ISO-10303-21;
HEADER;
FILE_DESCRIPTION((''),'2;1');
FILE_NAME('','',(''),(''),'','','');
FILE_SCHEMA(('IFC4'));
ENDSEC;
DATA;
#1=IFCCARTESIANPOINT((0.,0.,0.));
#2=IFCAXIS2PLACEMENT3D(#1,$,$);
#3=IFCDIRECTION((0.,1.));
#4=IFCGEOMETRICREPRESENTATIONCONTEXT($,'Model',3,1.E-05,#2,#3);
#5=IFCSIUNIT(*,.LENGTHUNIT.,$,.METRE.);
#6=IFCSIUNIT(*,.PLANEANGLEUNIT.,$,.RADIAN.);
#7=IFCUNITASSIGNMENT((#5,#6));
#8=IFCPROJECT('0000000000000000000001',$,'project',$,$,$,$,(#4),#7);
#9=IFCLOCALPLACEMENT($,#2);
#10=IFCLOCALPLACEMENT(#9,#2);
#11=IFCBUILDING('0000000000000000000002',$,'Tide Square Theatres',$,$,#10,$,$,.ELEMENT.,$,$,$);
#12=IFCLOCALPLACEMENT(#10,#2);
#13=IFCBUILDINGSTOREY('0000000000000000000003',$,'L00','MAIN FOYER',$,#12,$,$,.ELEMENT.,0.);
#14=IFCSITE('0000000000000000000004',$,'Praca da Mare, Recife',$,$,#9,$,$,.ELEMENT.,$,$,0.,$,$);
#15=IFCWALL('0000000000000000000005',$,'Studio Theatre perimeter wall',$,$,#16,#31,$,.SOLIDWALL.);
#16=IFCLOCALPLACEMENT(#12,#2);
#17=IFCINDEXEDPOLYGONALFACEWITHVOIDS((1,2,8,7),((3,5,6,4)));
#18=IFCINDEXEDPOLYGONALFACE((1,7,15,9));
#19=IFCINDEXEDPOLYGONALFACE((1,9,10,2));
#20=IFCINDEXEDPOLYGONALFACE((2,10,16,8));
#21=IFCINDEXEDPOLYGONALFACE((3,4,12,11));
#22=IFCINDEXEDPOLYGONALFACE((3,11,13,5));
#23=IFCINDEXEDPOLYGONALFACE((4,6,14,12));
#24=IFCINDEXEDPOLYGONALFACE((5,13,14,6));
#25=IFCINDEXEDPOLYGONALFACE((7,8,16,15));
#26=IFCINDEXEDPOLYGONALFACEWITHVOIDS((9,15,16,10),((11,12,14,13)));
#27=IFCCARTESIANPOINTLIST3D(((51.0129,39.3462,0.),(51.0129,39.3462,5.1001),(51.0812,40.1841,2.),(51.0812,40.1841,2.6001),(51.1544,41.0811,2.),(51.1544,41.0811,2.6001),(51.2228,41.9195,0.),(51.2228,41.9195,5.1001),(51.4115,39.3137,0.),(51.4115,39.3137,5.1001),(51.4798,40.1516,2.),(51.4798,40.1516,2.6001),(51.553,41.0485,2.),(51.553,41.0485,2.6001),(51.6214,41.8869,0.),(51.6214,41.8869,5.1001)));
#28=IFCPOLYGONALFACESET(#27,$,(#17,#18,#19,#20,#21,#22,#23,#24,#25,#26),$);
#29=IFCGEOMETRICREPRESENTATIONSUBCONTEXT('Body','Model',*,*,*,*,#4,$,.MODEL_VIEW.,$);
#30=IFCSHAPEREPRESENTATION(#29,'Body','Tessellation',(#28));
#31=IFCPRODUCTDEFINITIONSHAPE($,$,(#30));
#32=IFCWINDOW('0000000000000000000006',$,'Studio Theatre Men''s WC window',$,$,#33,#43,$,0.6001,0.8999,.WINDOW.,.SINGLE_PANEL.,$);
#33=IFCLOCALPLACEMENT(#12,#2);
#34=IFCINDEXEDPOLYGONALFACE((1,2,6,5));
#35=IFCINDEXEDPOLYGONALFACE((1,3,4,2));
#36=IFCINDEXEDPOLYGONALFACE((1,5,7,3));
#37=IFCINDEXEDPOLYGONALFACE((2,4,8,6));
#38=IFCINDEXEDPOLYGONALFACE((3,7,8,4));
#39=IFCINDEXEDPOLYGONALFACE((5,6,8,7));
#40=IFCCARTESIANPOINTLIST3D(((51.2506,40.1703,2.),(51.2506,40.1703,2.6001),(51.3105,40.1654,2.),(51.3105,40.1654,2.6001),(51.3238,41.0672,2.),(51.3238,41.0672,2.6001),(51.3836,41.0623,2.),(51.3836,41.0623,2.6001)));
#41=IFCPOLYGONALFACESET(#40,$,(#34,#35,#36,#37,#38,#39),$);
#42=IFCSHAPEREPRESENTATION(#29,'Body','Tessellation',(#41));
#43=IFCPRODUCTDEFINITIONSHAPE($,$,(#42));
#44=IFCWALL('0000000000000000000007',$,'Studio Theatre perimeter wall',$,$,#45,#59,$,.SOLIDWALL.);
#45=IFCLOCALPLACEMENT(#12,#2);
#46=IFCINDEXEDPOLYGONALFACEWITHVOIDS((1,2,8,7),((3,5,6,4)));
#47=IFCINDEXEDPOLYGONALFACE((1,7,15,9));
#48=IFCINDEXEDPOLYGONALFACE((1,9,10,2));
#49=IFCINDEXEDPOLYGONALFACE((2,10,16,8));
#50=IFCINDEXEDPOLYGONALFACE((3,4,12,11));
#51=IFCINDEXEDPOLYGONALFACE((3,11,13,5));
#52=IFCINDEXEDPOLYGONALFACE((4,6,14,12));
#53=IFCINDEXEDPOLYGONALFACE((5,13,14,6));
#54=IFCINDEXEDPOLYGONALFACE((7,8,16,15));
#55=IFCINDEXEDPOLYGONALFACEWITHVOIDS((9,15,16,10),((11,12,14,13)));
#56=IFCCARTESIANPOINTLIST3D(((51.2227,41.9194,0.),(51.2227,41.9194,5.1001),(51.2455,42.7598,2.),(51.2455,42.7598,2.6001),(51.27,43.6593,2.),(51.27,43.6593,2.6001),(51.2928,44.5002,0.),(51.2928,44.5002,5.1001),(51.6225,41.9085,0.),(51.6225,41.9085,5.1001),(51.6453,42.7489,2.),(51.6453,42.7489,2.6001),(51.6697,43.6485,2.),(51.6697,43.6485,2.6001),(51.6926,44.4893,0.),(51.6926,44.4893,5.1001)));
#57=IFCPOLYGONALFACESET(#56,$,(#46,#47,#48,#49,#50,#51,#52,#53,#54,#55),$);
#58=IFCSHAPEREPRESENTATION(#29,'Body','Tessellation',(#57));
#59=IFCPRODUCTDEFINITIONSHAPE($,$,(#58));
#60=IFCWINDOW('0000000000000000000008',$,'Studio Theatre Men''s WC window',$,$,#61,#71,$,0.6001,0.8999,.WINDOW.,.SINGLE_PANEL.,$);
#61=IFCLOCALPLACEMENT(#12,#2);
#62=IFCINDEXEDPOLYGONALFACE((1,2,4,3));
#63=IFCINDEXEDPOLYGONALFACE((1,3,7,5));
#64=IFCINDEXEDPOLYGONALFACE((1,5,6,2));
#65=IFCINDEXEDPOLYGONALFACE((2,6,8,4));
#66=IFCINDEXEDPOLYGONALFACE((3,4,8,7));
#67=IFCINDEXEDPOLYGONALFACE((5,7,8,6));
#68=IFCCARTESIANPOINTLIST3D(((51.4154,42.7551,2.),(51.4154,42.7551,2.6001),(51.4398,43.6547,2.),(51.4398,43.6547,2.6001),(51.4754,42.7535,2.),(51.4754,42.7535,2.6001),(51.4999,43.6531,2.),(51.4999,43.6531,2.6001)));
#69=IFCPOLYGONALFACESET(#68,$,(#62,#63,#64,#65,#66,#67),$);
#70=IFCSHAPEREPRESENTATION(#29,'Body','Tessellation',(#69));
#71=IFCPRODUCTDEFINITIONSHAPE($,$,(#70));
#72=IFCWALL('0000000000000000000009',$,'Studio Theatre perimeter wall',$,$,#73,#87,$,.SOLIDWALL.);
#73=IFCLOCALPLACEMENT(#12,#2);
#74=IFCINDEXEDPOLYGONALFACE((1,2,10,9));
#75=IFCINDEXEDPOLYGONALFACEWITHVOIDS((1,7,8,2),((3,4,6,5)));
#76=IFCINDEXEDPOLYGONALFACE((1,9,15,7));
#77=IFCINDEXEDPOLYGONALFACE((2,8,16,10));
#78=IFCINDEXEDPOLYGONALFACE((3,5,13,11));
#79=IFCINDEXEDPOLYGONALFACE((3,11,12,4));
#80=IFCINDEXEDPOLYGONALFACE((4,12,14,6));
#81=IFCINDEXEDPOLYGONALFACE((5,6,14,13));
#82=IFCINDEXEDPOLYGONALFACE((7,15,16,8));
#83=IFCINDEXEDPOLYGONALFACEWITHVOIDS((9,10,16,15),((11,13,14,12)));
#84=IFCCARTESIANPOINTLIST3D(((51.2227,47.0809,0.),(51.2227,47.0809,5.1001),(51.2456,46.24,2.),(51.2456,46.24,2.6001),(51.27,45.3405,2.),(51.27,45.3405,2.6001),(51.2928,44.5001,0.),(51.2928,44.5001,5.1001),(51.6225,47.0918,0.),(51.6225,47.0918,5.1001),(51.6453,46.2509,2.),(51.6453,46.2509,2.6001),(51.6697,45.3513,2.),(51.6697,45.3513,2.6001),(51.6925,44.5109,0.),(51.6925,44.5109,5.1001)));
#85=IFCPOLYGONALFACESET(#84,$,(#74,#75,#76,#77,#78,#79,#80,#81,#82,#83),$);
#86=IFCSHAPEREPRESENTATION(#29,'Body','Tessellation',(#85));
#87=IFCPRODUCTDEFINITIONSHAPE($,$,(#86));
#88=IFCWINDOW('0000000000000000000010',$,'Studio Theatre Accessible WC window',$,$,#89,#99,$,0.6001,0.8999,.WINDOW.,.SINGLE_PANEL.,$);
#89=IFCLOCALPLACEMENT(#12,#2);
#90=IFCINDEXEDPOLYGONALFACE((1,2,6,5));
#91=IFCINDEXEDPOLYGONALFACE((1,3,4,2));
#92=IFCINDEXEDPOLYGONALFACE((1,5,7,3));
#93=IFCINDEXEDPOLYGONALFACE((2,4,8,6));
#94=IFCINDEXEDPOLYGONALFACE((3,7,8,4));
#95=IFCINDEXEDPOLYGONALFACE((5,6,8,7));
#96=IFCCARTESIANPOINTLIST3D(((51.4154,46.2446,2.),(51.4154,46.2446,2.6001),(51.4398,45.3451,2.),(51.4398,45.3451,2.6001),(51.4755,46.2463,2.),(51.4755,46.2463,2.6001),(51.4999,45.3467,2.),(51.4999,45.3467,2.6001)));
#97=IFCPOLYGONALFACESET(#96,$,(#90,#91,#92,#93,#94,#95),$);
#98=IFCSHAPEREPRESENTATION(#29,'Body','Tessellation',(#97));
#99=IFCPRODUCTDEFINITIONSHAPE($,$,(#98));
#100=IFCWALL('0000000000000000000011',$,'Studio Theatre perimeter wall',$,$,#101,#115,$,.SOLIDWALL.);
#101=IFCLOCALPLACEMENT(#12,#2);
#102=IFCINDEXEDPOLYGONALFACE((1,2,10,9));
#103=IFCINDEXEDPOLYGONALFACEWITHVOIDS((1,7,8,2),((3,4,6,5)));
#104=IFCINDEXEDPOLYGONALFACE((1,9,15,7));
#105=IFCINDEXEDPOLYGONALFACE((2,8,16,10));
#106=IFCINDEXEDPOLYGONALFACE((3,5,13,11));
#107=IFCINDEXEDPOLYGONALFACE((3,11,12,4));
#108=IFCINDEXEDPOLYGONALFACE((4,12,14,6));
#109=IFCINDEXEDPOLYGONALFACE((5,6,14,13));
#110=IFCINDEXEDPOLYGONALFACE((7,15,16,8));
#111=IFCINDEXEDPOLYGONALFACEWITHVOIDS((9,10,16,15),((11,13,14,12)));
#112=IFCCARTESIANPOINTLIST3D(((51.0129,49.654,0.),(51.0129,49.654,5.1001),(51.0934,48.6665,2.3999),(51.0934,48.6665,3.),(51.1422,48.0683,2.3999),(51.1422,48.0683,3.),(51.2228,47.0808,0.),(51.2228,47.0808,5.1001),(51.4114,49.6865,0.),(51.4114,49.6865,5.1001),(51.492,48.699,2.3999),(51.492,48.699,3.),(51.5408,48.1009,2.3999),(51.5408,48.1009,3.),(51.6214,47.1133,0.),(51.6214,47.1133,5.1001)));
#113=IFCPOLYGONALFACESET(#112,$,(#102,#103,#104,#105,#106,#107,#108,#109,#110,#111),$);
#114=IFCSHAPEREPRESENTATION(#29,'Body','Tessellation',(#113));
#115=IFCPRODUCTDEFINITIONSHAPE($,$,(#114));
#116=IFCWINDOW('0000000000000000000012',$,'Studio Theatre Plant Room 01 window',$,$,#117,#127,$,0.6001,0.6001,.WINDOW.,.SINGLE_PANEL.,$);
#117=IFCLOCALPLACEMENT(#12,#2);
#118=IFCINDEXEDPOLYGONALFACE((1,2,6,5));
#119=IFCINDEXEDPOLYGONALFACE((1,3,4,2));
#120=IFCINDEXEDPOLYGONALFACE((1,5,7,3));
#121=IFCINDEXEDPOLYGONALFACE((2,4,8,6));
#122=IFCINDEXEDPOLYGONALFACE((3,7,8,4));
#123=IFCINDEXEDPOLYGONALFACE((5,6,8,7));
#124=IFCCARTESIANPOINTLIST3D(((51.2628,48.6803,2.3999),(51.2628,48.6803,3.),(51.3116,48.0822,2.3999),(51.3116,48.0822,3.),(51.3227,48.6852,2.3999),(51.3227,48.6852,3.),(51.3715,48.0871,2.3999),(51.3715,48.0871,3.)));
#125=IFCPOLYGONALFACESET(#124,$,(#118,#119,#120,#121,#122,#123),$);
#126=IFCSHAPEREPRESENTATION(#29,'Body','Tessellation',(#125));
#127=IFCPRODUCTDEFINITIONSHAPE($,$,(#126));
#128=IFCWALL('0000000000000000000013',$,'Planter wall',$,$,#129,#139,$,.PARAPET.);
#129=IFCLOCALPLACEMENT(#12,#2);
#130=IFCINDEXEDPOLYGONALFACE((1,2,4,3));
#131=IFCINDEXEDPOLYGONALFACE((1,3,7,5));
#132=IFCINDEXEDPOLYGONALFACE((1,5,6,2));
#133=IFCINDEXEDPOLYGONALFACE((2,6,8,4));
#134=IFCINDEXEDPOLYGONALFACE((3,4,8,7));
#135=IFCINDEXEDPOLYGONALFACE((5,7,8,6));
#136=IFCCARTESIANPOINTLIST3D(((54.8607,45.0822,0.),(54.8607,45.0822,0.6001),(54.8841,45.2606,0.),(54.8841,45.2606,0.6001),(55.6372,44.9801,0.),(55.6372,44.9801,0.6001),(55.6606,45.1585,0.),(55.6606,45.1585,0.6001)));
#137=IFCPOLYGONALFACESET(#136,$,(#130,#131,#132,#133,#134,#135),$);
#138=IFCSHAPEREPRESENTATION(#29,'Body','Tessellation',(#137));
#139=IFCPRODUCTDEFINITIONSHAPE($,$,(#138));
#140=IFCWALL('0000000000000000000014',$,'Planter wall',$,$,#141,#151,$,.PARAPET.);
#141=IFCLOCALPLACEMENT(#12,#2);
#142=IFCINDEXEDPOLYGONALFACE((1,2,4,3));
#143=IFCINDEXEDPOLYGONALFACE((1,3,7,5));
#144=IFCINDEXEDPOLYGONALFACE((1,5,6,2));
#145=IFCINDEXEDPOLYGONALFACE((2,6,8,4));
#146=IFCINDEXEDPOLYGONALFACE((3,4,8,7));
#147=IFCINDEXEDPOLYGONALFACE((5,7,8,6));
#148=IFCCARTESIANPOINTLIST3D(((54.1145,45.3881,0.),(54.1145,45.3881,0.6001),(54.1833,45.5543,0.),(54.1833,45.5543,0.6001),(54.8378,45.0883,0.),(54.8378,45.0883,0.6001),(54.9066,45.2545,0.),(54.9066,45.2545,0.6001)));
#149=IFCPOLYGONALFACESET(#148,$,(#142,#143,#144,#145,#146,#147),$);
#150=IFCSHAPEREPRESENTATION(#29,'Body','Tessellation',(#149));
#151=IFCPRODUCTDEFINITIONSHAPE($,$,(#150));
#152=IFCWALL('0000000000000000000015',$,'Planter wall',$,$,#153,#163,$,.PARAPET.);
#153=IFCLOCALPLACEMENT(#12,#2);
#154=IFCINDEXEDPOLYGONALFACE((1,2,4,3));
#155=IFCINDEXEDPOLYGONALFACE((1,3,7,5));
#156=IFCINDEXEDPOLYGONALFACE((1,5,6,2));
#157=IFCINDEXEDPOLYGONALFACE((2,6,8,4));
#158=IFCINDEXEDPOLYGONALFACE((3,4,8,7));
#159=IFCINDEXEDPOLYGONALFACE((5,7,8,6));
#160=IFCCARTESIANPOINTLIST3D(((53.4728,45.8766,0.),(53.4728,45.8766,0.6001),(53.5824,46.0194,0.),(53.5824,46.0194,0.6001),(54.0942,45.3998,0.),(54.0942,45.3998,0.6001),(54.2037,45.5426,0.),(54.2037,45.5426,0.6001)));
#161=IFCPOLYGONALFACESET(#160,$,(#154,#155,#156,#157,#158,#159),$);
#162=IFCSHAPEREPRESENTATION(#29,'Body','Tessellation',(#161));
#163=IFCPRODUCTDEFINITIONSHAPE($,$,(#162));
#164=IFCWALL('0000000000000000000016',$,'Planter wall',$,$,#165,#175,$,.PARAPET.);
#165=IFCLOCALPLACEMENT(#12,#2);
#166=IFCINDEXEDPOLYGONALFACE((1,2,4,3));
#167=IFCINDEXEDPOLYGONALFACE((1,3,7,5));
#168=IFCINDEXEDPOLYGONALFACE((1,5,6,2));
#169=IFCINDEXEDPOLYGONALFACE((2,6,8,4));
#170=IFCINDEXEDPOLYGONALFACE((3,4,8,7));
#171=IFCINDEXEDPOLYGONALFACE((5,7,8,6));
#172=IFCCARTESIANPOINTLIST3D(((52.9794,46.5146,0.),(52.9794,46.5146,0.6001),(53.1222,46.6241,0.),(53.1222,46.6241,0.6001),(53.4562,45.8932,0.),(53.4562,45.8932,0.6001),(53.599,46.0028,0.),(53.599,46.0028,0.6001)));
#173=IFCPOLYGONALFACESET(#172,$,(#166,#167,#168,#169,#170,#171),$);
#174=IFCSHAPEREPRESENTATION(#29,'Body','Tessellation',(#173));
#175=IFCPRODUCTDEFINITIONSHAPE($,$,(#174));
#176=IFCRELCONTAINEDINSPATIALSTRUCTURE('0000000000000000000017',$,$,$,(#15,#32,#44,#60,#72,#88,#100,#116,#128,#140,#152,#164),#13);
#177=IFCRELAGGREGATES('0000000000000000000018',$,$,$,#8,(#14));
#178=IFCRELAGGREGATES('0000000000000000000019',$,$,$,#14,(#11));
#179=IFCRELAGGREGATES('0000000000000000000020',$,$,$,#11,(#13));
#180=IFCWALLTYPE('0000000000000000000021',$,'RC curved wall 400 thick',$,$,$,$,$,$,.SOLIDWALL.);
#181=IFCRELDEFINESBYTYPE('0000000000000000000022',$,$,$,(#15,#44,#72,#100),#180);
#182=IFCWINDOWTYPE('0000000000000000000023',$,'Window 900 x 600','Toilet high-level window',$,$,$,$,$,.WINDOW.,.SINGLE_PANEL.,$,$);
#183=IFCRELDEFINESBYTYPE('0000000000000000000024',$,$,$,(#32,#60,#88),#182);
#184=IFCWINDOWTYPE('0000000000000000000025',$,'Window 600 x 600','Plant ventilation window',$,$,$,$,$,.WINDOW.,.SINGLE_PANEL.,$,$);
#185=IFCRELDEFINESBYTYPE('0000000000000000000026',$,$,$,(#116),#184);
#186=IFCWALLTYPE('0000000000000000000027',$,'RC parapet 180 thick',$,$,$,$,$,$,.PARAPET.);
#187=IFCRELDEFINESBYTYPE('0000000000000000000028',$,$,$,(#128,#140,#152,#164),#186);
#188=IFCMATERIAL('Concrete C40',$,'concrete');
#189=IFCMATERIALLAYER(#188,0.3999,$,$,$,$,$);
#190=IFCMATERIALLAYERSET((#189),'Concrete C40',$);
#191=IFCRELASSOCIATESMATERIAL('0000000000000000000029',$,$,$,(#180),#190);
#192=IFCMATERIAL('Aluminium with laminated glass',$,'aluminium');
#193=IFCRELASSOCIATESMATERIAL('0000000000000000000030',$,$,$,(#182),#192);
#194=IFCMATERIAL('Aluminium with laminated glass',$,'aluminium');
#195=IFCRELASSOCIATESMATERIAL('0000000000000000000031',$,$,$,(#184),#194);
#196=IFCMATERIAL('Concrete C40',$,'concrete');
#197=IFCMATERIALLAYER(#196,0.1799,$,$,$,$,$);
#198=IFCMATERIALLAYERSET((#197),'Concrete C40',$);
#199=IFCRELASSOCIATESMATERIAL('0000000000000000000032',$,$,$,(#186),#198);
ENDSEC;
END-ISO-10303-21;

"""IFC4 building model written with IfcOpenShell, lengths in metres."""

from ifc_helpers import new_model, si_unit, direction, frame, frame_2d, origin, place, context, subcontext, project, spatial, rectangle, extrude, material, layer, layer_set, type_object, element, fill, save


model = new_model("IFC4")

# Units and contexts
model_context = context("Model", 3, precision=1e-05, world=origin(), true_north=direction((0.0, 1.0)))
body_context = subcontext(model_context, "Body", "Model", "MODEL_VIEW")
ifc_project = project(units=[si_unit("LENGTHUNIT", "METRE"), si_unit("PLANEANGLEUNIT", "RADIAN")], contexts=[model_context])

# Site, building, storey
site_placement = place(None, origin())
site = spatial("IfcSite", under=ifc_project, at=site_placement, Name="Praca da Mare, Recife", CompositionType="ELEMENT", RefElevation=0.0)
building_placement = place(site_placement, origin())
building = spatial("IfcBuilding", under=site, at=building_placement, Name="Tide Square Theatres", CompositionType="ELEMENT")
storey_placement = place(building_placement, origin())
storey = spatial("IfcBuildingStorey", under=building, at=storey_placement, Name="L00", Description="MAIN FOYER", CompositionType="ELEMENT", Elevation=0.0)

# Walls, openings, windows
ifc_material_1 = material(Name="Concrete C40", Category="concrete")
ifc_layer_1 = layer(ifc_material_1, 0.3999)
ifc_layer_set_1 = layer_set([ifc_layer_1], Name="Concrete C40")
wall_type_1 = type_object("IfcWallType", Name="RC curved wall 400 thick", PredefinedType="SOLIDWALL", material=ifc_layer_set_1)
ifc_material_2 = material(Name="Aluminium with laminated glass", Category="aluminium")
window_type_1 = type_object("IfcWindowType", Name="Window 900 x 600", Description="Toilet high-level window", PartitioningType="SINGLE_PANEL", PredefinedType="WINDOW", material=ifc_material_2)
wall_1_placement = place(storey_placement, frame((51.2122, 39.3298, 0.0), z_axis=(0.0, 0.0, 1.0), x_axis=(0.081324, 0.996688, 0.0)))
wall_1 = element("IfcWall", 1, at=wall_1_placement, inside=storey, type_object=wall_type_1, Name="Studio Theatre perimeter wall", PredefinedType="SOLIDWALL", context=body_context, shape_type="SweptSolid", body=[
    extrude(rectangle(XDim=2.5818, YDim=0.3999, at=frame_2d((1.291, 0.0))), origin(), (0.0, 0.0, 1.0), 5.1001),
])
opening_1_placement = place(wall_1_placement, frame((0.8408, 0.0, 2.0)))
opening_1 = element("IfcOpeningElement", 2, at=opening_1_placement, cuts=wall_1, PredefinedType="OPENING", context=body_context, shape_type="SweptSolid", body=[
    extrude(rectangle(XDim=0.8999, YDim=0.6001, at=frame_2d((0.45, 0.3))), frame((0.0, 0.21, 0.0), z_axis=(0.0, -1.0, 0.0), x_axis=(1.0, 0.0, 0.0)), (0.0, 0.0, 1.0), 0.4199),
])
window_1_placement = place(opening_1_placement, origin())
window_1 = element("IfcWindow", 3, at=window_1_placement, inside=storey, type_object=window_type_1, Name="Studio Theatre Men's WC window", OverallHeight=0.6001, OverallWidth=0.8999, PartitioningType="SINGLE_PANEL", PredefinedType="WINDOW", context=body_context, shape_type="SweptSolid", body=[
    extrude(rectangle(XDim=0.8999, YDim=0.6001, at=frame_2d((0.45, 0.3))), frame((0.0, 0.03, 0.0), z_axis=(0.0, -1.0, 0.0), x_axis=(1.0, 0.0, 0.0)), (0.0, 0.0, 1.0), 0.0601),
])
fill(opening_1, window_1)
wall_2_placement = place(storey_placement, frame((51.4226, 41.9138, 0.0), z_axis=(0.0, 0.0, 1.0), x_axis=(0.02714, 0.999632, 0.0)))
wall_2 = element("IfcWall", 4, at=wall_2_placement, inside=storey, type_object=wall_type_1, Name="Studio Theatre perimeter wall", PredefinedType="SOLIDWALL", context=body_context, shape_type="SweptSolid", body=[
    extrude(rectangle(XDim=2.5818, YDim=0.3999, at=frame_2d((1.291, 0.0))), origin(), (0.0, 0.0, 1.0), 5.1001),
])
opening_2_placement = place(wall_2_placement, frame((0.8408, 0.0, 2.0)))
opening_2 = element("IfcOpeningElement", 5, at=opening_2_placement, cuts=wall_2, PredefinedType="OPENING", context=body_context, shape_type="SweptSolid", body=[
    extrude(rectangle(XDim=0.8999, YDim=0.6001, at=frame_2d((0.45, 0.3))), frame((0.0, 0.21, 0.0), z_axis=(0.0, -1.0, 0.0), x_axis=(1.0, 0.0, 0.0)), (0.0, 0.0, 1.0), 0.4199),
])
window_2_placement = place(opening_2_placement, origin())
window_2 = element("IfcWindow", 6, at=window_2_placement, inside=storey, type_object=window_type_1, Name="Studio Theatre Men's WC window", OverallHeight=0.6001, OverallWidth=0.8999, PartitioningType="SINGLE_PANEL", PredefinedType="WINDOW", context=body_context, shape_type="SweptSolid", body=[
    extrude(rectangle(XDim=0.8999, YDim=0.6001, at=frame_2d((0.45, 0.3))), frame((0.0, 0.03, 0.0), z_axis=(0.0, -1.0, 0.0), x_axis=(1.0, 0.0, 0.0)), (0.0, 0.0, 1.0), 0.0601),
])
fill(opening_2, window_2)
wall_3_placement = place(storey_placement, frame((51.4927, 44.5054, 0.0), z_axis=(0.0, 0.0, 1.0), x_axis=(-0.02714, 0.999632, 0.0)))
wall_3 = element("IfcWall", 7, at=wall_3_placement, inside=storey, type_object=wall_type_1, Name="Studio Theatre perimeter wall", PredefinedType="SOLIDWALL", context=body_context, shape_type="SweptSolid", body=[
    extrude(rectangle(XDim=2.5818, YDim=0.3999, at=frame_2d((1.291, 0.0))), origin(), (0.0, 0.0, 1.0), 5.1001),
])
opening_3_placement = place(wall_3_placement, frame((0.8408, 0.0, 2.0)))
opening_3 = element("IfcOpeningElement", 8, at=opening_3_placement, cuts=wall_3, PredefinedType="OPENING", context=body_context, shape_type="SweptSolid", body=[
    extrude(rectangle(XDim=0.8999, YDim=0.6001, at=frame_2d((0.45, 0.3))), frame((0.0, 0.21, 0.0), z_axis=(0.0, -1.0, 0.0), x_axis=(1.0, 0.0, 0.0)), (0.0, 0.0, 1.0), 0.4199),
])
window_3_placement = place(opening_3_placement, origin())
window_3 = element("IfcWindow", 9, at=window_3_placement, inside=storey, type_object=window_type_1, Name="Studio Theatre Accessible WC window", OverallHeight=0.6001, OverallWidth=0.8999, PartitioningType="SINGLE_PANEL", PredefinedType="WINDOW", context=body_context, shape_type="SweptSolid", body=[
    extrude(rectangle(XDim=0.8999, YDim=0.6001, at=frame_2d((0.45, 0.3))), frame((0.0, 0.03, 0.0), z_axis=(0.0, -1.0, 0.0), x_axis=(1.0, 0.0, 0.0)), (0.0, 0.0, 1.0), 0.0601),
])
fill(opening_3, window_3)
wall_4_placement = place(storey_placement, frame((51.4221, 47.0969, 0.0), z_axis=(0.0, 0.0, 1.0), x_axis=(-0.081324, 0.996688, 0.0)))
wall_4 = element("IfcWall", 10, at=wall_4_placement, inside=storey, type_object=wall_type_1, Name="Studio Theatre perimeter wall", PredefinedType="SOLIDWALL", context=body_context, shape_type="SweptSolid", body=[
    extrude(rectangle(XDim=2.5818, YDim=0.3999, at=frame_2d((1.291, 0.0))), origin(), (0.0, 0.0, 1.0), 5.1001),
])
opening_4_placement = place(wall_4_placement, frame((0.991, 0.0, 2.3999)))
opening_4 = element("IfcOpeningElement", 11, at=opening_4_placement, cuts=wall_4, PredefinedType="OPENING", context=body_context, shape_type="SweptSolid", body=[
    extrude(rectangle(XDim=0.6001, YDim=0.6001, at=frame_2d((0.3, 0.3))), frame((0.0, 0.21, 0.0), z_axis=(0.0, -1.0, 0.0), x_axis=(1.0, 0.0, 0.0)), (0.0, 0.0, 1.0), 0.4199),
])
ifc_material_3 = material(Name="Aluminium with laminated glass", Category="aluminium")
window_type_2 = type_object("IfcWindowType", Name="Window 600 x 600", Description="Plant ventilation window", PartitioningType="SINGLE_PANEL", PredefinedType="WINDOW", material=ifc_material_3)
window_4_placement = place(opening_4_placement, origin())
window_4 = element("IfcWindow", 12, at=window_4_placement, inside=storey, type_object=window_type_2, Name="Studio Theatre Plant Room 01 window", OverallHeight=0.6001, OverallWidth=0.6001, PartitioningType="SINGLE_PANEL", PredefinedType="WINDOW", context=body_context, shape_type="SweptSolid", body=[
    extrude(rectangle(XDim=0.6001, YDim=0.6001, at=frame_2d((0.3, 0.3))), frame((0.0, 0.03, 0.0), z_axis=(0.0, -1.0, 0.0), x_axis=(1.0, 0.0, 0.0)), (0.0, 0.0, 1.0), 0.0601),
])
fill(opening_4, window_4)

# Walls
ifc_material_4 = material(Name="Concrete C40", Category="concrete")
ifc_layer_2 = layer(ifc_material_4, 0.1799)
ifc_layer_set_2 = layer_set([ifc_layer_2], Name="Concrete C40")
wall_type_2 = type_object("IfcWallType", Name="RC parapet 180 thick", PredefinedType="PARAPET", material=ifc_layer_set_2)
wall_5_placement = place(storey_placement, frame((55.6489, 45.0693, 0.0), z_axis=(0.0, 0.0, 1.0), x_axis=(-0.991477, 0.130285, 0.0)))
element("IfcWall", 13, at=wall_5_placement, inside=storey, type_object=wall_type_2, Name="Planter wall", PredefinedType="PARAPET", context=body_context, shape_type="SweptSolid", body=[
    extrude(rectangle(XDim=0.7832, YDim=0.1799, at=frame_2d((0.3916, 0.0))), origin(), (0.0, 0.0, 1.0), 0.6001),
])
wall_6_placement = place(storey_placement, frame((54.8723, 45.1714, 0.0), z_axis=(0.0, 0.0, 1.0), x_axis=(-0.923804, 0.382866, 0.0)))
element("IfcWall", 14, at=wall_6_placement, inside=storey, type_object=wall_type_2, Name="Planter wall", PredefinedType="PARAPET", context=body_context, shape_type="SweptSolid", body=[
    extrude(rectangle(XDim=0.783, YDim=0.1799, at=frame_2d((0.3916, 0.0))), origin(), (0.0, 0.0, 1.0), 0.6001),
])
for number, where, z_axis, x_axis, name in (
    (15, (54.1489, 45.4712, 0.0), (0.0, 0.0, 1.0), (-0.79333, 0.608791, 0.0), "Planter wall"),
    (16, (53.5276, 45.948, 0.0), (0.0, 0.0, 1.0), (-0.608791, 0.79333, 0.0), "Planter wall"),
):
    element("IfcWall", number, at=place(storey_placement, frame(where, z_axis=z_axis, x_axis=x_axis)), inside=storey, type_object=wall_type_2, Name=name, PredefinedType="PARAPET", context=body_context, shape_type="SweptSolid", body=[
        extrude(rectangle(XDim=0.7832, YDim=0.1799, at=frame_2d((0.3916, 0.0))), origin(), (0.0, 0.0, 1.0), 0.6001),
    ])

save(model, "model.ifc")
